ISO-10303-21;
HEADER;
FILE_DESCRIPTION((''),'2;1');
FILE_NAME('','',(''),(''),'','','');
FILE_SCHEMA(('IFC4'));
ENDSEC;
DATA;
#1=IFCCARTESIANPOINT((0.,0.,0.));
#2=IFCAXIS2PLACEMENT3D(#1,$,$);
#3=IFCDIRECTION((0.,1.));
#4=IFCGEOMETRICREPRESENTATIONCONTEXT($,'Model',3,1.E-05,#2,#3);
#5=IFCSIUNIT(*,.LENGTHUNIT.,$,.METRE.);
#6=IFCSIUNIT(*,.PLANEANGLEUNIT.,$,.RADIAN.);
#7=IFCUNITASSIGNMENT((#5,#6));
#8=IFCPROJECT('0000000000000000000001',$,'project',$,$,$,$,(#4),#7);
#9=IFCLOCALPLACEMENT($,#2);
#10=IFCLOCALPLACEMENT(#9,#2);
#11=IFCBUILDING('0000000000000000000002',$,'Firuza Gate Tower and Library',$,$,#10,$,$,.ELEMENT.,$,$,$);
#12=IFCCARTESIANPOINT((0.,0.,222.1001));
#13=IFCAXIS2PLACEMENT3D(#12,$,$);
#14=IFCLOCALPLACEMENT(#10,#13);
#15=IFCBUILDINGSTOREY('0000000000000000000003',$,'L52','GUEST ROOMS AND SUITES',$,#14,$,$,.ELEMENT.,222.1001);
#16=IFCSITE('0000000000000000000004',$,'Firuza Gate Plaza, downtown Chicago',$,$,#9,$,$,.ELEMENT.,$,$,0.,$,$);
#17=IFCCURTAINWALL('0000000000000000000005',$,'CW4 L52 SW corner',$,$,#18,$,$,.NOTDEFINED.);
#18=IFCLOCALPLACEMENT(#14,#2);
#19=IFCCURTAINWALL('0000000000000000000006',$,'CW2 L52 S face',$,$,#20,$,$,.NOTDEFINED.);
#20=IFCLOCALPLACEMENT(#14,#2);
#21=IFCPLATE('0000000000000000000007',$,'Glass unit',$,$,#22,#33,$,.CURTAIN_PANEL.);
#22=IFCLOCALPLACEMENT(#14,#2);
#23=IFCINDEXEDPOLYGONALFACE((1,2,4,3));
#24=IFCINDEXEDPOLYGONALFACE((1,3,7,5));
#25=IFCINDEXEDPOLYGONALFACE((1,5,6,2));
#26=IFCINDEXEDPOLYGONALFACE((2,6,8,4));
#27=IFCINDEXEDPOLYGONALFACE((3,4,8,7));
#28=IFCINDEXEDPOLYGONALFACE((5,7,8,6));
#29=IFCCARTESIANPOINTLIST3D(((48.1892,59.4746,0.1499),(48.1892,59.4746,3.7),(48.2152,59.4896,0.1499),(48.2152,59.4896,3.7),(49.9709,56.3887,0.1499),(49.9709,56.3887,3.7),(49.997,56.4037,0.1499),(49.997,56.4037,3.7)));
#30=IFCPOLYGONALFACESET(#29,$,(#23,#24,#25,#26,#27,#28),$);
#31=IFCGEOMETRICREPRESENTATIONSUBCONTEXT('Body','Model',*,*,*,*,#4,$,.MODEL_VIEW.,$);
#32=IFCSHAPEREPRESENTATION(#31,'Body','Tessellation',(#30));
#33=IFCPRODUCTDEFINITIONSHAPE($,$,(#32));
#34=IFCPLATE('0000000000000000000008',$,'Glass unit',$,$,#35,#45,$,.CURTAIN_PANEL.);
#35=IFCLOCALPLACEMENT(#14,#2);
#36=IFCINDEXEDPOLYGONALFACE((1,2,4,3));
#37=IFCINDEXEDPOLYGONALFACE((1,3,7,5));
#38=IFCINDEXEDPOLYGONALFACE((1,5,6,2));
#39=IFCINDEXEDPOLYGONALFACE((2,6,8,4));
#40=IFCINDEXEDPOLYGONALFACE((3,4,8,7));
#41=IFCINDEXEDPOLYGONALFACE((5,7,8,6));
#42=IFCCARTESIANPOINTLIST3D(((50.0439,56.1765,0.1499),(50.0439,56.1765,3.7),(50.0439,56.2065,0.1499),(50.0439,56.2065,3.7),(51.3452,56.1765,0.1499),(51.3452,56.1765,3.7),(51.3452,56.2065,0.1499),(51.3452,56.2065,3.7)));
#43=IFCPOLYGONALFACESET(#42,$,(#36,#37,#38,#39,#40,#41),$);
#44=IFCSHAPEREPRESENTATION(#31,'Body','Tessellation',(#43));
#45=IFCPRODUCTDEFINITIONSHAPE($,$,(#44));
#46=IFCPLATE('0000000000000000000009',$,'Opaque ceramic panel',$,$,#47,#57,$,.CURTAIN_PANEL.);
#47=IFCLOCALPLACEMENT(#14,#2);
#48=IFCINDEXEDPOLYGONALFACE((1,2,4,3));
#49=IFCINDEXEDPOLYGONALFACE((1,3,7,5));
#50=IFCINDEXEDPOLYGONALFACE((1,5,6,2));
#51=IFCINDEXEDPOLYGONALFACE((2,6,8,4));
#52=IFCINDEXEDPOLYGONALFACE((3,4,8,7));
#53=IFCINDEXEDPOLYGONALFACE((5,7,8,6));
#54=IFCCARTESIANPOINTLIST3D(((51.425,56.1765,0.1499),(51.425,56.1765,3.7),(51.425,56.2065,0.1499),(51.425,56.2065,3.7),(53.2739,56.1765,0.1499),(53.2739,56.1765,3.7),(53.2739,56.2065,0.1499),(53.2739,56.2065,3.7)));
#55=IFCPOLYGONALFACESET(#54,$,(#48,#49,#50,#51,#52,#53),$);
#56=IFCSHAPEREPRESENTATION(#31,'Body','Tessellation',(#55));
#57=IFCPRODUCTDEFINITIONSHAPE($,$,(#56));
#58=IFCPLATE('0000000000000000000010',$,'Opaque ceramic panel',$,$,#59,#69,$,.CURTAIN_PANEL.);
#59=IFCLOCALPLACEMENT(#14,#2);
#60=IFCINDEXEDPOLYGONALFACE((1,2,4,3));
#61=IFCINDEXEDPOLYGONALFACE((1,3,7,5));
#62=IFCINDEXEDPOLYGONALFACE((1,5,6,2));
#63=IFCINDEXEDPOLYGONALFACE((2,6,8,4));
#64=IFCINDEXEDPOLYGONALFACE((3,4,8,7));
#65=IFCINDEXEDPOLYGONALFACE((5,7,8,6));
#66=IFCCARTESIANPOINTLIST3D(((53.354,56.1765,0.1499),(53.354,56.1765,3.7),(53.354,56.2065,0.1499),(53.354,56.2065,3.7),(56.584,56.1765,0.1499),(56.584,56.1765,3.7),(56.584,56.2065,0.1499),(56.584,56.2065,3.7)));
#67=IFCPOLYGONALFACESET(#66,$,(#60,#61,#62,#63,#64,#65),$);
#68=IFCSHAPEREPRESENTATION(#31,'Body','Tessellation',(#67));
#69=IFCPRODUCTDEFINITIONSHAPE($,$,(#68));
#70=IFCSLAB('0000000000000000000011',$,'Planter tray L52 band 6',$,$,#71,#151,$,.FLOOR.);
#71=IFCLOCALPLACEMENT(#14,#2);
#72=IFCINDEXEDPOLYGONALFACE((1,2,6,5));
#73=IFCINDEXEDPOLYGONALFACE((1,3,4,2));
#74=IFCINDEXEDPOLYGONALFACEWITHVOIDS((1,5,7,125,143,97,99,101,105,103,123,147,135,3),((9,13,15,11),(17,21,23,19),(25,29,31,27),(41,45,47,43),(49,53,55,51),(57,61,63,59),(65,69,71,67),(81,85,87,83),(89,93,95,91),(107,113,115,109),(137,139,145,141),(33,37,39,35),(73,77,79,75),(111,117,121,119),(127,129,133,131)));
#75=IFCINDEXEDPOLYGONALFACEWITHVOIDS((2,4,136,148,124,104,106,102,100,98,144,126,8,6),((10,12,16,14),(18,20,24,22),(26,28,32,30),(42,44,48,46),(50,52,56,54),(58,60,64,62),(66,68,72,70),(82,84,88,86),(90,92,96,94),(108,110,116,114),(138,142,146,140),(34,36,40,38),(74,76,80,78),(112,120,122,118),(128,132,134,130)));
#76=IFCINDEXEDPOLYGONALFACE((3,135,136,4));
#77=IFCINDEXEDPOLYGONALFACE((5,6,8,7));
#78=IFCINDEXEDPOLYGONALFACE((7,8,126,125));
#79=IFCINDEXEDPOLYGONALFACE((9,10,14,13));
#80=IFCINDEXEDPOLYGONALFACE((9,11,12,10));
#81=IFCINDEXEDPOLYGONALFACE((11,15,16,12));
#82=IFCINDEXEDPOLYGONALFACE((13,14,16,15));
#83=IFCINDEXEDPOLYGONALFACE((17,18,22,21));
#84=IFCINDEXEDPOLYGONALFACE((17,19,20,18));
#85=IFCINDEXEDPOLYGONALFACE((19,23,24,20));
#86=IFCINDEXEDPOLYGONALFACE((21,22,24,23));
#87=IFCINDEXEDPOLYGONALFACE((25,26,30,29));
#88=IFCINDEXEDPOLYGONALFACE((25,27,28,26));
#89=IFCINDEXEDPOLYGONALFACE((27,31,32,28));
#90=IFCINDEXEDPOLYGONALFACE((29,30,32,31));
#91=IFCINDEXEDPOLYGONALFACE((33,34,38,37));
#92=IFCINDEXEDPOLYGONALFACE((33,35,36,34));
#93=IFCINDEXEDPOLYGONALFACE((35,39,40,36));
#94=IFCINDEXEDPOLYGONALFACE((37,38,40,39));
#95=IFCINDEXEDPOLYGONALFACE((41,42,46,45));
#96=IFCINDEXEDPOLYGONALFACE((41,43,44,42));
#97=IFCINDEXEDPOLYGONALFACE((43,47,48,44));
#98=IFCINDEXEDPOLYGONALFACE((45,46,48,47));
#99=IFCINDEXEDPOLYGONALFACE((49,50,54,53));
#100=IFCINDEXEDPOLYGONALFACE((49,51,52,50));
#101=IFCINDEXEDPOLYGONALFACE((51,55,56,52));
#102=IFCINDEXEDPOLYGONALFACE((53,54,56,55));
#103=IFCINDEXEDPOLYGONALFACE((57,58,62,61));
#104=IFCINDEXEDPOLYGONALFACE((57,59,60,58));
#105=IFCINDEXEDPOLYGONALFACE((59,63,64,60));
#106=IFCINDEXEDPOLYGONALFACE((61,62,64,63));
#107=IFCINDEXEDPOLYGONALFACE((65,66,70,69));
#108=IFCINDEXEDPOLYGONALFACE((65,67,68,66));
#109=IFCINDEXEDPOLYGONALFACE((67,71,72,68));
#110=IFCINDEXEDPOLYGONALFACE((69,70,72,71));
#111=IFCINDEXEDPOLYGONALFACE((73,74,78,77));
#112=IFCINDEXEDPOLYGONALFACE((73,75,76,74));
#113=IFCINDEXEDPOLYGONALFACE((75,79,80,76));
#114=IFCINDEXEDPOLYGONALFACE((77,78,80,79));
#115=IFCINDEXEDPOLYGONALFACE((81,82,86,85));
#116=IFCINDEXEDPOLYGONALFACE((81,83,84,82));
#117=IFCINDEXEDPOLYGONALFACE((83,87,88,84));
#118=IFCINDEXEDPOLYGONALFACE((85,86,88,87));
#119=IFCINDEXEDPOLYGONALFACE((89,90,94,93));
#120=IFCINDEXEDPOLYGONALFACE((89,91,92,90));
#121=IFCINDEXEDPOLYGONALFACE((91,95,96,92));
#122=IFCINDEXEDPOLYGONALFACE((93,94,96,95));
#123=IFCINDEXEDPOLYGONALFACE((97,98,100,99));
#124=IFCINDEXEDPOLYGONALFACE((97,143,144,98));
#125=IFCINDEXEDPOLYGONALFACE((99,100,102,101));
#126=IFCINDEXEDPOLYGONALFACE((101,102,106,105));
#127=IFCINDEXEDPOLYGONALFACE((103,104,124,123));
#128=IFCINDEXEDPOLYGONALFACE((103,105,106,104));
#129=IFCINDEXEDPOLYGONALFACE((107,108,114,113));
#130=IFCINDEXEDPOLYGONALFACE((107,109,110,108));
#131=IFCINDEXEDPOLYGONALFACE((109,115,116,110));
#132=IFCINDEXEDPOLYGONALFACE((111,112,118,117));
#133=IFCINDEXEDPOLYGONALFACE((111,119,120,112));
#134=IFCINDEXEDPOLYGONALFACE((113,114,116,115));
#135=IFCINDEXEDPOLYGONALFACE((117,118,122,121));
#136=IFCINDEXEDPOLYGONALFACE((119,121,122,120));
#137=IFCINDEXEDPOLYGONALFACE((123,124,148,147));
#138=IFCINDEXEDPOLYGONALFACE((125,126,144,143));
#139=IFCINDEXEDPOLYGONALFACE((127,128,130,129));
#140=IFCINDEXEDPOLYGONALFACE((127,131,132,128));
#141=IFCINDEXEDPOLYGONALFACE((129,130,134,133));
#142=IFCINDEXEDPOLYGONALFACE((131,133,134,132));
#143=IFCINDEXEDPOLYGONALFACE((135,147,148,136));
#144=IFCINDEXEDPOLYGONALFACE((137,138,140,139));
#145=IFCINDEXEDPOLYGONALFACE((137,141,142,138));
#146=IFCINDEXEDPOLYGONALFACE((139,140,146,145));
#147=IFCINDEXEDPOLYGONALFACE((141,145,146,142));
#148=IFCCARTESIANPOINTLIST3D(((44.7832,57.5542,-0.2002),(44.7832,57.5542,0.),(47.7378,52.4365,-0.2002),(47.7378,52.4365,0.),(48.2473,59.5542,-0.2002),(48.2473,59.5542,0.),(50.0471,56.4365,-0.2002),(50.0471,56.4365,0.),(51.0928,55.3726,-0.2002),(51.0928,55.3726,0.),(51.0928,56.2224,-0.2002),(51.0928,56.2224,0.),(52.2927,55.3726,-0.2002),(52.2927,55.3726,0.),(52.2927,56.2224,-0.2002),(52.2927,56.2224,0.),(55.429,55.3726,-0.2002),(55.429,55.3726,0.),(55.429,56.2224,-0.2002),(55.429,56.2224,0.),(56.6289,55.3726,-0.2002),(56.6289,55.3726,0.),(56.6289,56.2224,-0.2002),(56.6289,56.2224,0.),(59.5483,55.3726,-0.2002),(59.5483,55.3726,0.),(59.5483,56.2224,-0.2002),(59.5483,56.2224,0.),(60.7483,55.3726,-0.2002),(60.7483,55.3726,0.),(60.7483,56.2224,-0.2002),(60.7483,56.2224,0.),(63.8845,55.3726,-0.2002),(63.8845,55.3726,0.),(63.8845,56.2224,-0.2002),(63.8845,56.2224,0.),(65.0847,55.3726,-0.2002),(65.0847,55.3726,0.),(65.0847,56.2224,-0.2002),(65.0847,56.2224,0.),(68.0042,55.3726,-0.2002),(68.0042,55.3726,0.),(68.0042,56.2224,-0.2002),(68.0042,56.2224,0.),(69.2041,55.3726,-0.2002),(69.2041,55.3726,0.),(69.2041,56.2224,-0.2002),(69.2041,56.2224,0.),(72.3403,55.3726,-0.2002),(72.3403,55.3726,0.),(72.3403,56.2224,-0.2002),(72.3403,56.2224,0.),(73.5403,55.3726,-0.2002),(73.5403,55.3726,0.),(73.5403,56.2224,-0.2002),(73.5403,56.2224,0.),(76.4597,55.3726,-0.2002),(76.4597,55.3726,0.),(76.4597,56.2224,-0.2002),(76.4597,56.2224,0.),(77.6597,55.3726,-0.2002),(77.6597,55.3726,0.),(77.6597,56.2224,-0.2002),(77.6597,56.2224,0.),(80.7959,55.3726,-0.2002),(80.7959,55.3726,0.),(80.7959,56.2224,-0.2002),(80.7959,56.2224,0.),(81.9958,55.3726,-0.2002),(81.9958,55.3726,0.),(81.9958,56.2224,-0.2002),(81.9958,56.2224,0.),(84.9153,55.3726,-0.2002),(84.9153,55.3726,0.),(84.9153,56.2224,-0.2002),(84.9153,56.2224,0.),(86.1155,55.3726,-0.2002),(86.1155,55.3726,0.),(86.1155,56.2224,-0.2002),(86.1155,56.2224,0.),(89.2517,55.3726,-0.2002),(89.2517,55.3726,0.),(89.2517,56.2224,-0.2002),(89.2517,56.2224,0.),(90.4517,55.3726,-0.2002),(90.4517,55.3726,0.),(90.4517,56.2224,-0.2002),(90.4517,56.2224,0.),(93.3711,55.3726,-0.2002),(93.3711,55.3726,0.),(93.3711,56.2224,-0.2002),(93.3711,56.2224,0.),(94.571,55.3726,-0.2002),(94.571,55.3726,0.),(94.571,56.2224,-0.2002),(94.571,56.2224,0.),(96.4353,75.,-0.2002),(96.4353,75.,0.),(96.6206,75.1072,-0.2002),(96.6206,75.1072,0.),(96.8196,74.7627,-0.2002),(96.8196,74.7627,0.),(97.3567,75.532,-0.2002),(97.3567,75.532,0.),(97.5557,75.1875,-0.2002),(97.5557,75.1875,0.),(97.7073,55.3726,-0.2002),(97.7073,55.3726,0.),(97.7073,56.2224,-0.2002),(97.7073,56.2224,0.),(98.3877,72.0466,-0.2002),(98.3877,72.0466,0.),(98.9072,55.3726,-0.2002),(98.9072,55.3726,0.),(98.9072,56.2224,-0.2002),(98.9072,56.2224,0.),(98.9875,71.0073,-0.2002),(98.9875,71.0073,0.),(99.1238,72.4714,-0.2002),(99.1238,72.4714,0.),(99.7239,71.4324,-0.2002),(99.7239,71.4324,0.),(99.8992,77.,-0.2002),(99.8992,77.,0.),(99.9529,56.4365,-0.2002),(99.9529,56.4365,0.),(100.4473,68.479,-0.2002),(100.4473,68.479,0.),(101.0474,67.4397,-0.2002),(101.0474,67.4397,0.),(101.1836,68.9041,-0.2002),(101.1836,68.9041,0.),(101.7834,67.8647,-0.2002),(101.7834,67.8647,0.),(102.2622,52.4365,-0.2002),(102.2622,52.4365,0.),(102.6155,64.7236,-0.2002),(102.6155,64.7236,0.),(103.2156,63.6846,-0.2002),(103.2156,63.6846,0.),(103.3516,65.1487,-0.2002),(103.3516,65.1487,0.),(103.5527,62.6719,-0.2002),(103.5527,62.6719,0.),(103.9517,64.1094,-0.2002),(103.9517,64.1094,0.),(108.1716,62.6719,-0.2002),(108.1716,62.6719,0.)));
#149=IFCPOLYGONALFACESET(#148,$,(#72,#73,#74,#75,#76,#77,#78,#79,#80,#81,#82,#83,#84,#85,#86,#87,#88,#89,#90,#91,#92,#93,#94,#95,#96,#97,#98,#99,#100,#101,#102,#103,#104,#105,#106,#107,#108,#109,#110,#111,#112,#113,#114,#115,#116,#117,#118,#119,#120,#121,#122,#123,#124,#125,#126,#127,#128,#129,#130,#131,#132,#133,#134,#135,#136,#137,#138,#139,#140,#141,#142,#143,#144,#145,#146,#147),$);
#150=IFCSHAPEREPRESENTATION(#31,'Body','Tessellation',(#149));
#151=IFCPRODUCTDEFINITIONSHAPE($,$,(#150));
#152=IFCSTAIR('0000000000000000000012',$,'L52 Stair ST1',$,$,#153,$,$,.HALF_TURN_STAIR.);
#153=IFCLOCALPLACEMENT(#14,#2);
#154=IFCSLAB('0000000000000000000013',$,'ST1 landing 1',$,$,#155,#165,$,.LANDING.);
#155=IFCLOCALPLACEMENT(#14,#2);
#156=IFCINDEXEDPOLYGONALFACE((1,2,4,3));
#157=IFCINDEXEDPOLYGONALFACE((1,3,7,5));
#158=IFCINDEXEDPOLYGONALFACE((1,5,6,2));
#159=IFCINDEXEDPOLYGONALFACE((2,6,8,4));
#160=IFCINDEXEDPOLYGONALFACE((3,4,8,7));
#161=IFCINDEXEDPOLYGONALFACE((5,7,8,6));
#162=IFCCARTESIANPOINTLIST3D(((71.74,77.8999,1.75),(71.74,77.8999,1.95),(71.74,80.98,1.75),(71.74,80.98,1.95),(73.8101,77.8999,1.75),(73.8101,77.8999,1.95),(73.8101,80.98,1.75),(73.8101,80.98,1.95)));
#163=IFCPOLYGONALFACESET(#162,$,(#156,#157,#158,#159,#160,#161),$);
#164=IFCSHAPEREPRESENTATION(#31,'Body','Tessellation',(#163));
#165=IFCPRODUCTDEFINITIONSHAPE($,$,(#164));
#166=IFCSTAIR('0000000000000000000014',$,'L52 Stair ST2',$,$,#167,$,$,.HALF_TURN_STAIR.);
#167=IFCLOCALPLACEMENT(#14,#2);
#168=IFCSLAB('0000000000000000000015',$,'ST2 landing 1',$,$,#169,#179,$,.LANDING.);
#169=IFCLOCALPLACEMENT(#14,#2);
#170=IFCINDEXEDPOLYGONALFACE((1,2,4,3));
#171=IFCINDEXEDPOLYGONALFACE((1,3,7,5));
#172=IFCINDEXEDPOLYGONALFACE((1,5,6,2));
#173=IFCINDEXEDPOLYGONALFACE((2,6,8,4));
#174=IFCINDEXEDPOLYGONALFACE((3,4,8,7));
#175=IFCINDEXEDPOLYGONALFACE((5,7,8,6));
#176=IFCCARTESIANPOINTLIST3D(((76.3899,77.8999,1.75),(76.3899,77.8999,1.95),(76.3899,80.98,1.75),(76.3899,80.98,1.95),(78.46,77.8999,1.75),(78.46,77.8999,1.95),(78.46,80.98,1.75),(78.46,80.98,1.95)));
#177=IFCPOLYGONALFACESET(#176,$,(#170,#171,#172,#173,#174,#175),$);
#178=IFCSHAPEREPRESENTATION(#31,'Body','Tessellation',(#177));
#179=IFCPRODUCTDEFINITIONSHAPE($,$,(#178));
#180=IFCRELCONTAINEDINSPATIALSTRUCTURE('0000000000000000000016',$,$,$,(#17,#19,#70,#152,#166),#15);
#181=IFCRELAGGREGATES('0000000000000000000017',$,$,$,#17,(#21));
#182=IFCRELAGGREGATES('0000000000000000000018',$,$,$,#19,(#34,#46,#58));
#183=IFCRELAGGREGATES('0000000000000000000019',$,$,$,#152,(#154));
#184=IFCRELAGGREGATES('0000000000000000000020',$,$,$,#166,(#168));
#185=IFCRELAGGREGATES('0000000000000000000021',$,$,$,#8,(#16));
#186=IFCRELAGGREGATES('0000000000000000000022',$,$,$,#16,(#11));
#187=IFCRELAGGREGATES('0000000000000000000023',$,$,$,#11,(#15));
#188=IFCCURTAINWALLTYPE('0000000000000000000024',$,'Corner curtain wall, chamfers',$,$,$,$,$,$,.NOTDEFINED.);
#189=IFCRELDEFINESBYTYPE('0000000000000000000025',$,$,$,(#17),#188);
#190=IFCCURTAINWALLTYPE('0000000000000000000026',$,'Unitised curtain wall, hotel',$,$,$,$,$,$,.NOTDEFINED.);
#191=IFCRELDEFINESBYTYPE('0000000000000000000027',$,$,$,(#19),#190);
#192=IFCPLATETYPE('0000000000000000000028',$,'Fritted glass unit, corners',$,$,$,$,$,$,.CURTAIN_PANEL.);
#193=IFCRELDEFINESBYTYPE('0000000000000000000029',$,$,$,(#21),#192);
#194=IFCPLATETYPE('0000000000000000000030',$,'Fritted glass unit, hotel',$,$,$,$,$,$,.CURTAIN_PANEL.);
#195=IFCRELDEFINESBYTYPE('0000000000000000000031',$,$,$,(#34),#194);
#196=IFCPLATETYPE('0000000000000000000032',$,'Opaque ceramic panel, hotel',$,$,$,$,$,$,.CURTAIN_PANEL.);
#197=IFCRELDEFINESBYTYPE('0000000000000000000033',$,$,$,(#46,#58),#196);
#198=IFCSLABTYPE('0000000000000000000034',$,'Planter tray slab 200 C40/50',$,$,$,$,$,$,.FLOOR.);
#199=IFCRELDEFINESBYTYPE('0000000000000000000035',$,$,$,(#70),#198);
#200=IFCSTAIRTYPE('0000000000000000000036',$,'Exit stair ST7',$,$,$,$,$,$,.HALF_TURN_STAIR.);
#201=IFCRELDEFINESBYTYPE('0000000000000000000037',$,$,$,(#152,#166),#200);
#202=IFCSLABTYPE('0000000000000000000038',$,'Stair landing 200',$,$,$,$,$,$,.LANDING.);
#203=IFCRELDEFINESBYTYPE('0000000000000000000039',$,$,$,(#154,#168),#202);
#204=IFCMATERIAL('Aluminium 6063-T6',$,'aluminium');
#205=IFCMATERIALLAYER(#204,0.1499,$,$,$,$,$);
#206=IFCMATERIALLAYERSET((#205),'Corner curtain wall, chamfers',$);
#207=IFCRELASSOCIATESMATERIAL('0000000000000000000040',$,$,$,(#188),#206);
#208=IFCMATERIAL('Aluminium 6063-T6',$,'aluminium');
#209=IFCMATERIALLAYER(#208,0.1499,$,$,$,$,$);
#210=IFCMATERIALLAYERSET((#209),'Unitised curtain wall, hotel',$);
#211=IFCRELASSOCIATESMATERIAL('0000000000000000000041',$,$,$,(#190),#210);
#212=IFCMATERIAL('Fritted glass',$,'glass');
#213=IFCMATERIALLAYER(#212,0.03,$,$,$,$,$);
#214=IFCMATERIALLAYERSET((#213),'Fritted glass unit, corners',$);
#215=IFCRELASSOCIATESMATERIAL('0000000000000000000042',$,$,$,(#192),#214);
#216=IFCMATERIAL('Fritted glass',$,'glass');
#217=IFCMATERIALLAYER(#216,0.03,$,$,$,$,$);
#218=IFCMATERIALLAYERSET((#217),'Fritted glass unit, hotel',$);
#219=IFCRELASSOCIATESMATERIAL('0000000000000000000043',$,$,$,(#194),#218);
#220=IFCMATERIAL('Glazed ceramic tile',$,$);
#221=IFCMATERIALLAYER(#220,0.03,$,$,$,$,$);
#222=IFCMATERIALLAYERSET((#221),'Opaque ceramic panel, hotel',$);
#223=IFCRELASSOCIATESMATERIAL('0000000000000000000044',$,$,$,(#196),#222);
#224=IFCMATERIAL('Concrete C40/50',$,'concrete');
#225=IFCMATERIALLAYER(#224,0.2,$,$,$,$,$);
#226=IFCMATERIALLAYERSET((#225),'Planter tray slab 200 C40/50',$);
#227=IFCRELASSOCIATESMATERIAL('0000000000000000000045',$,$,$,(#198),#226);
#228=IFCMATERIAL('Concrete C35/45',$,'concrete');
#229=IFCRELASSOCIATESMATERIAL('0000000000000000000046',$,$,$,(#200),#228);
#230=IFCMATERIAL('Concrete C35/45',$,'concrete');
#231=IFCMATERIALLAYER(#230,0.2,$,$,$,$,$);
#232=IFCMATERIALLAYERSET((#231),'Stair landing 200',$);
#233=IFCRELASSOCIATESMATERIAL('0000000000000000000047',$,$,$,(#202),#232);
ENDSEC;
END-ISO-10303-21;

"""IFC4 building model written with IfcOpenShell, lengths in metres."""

from ifc_helpers import new_model, si_unit, direction, frame, origin, place, context, subcontext, project, spatial, polyline, outline, extrude, material, layer, layer_set, type_object, element, aggregate, save


model = new_model("IFC4")

# Units and contexts
model_context = context("Model", 3, precision=1e-05, world=origin(), true_north=direction((0.0, 1.0)))
body_context = subcontext(model_context, "Body", "Model", "MODEL_VIEW")
ifc_project = project(units=[si_unit("LENGTHUNIT", "METRE"), si_unit("PLANEANGLEUNIT", "RADIAN")], contexts=[model_context])

# Site, building, storey
site_placement = place(None, origin())
site = spatial("IfcSite", under=ifc_project, at=site_placement, Name="Firuza Gate Plaza, downtown Chicago", CompositionType="ELEMENT", RefElevation=0.0)
building_placement = place(site_placement, origin())
building = spatial("IfcBuilding", under=site, at=building_placement, Name="Firuza Gate Tower and Library", CompositionType="ELEMENT")
storey_placement = place(building_placement, frame((0.0, 0.0, 222.1001)))
storey = spatial("IfcBuildingStorey", under=building, at=storey_placement, Name="L52", Description="GUEST ROOMS AND SUITES", CompositionType="ELEMENT", Elevation=222.1001)

# Curtain walls
ifc_material_1 = material(Name="Aluminium 6063-T6", Category="aluminium")
ifc_layer_1 = layer(ifc_material_1, 0.1499)
ifc_layer_set_1 = layer_set([ifc_layer_1], Name="Corner curtain wall, chamfers")
curtain_wall_type_1 = type_object("IfcCurtainWallType", Name="Corner curtain wall, chamfers", PredefinedType="NOTDEFINED", material=ifc_layer_set_1)
placement_1 = place(storey_placement, origin())
curtain_wall_1 = element("IfcCurtainWall", 1, at=placement_1, inside=storey, type_object=curtain_wall_type_1, Name="CW4 L52 SW corner", PredefinedType="NOTDEFINED")
ifc_material_2 = material(Name="Aluminium 6063-T6", Category="aluminium")
ifc_layer_2 = layer(ifc_material_2, 0.1499)
ifc_layer_set_2 = layer_set([ifc_layer_2], Name="Unitised curtain wall, hotel")
curtain_wall_type_2 = type_object("IfcCurtainWallType", Name="Unitised curtain wall, hotel", PredefinedType="NOTDEFINED", material=ifc_layer_set_2)
curtain_wall_2 = element("IfcCurtainWall", 2, at=placement_1, inside=storey, type_object=curtain_wall_type_2, Name="CW2 L52 S face", PredefinedType="NOTDEFINED")

# Shared definitions
placement_2 = place(storey_placement, frame((0.0, 0.0, -0.2002)))

# Plates
ifc_material_3 = material(Name="Fritted glass", Category="glass")
ifc_layer_3 = layer(ifc_material_3, 0.03)
ifc_layer_set_3 = layer_set([ifc_layer_3], Name="Fritted glass unit, corners")
plate_type_1 = type_object("IfcPlateType", Name="Fritted glass unit, corners", PredefinedType="CURTAIN_PANEL", material=ifc_layer_set_3)
plate_1_placement = place(storey_placement, frame((48.1892, 59.4746, 0.1499), z_axis=(-0.866017, -0.500015, 0.0), x_axis=(0.500015, -0.866017, 0.0)))
plate_1 = element("IfcPlate", 3, at=plate_1_placement, type_object=plate_type_1, Name="Glass unit", PredefinedType="CURTAIN_PANEL", context=body_context, shape_type="SweptSolid", body=[
    extrude(outline(polyline([(0.0, 0.0), (3.5634, 0.0), (3.5634, 3.55), (0.0, 3.55), (0.0, 0.0)])), origin(), (0.0, 0.0, -1.0), 0.03),
])
aggregate(curtain_wall_1, [plate_1])
ifc_material_4 = material(Name="Fritted glass", Category="glass")
ifc_layer_4 = layer(ifc_material_4, 0.03)
ifc_layer_set_4 = layer_set([ifc_layer_4], Name="Fritted glass unit, hotel")
plate_type_2 = type_object("IfcPlateType", Name="Fritted glass unit, hotel", PredefinedType="CURTAIN_PANEL", material=ifc_layer_set_4)
plate_2_placement = place(storey_placement, frame((50.0439, 56.1765, 0.1499), z_axis=(0.0, -1.0, 0.0), x_axis=(1.0, 0.0, 0.0)))
plate_2 = element("IfcPlate", 4, at=plate_2_placement, type_object=plate_type_2, Name="Glass unit", PredefinedType="CURTAIN_PANEL", context=body_context, shape_type="SweptSolid", body=[
    extrude(outline(polyline([(0.0, 0.0), (1.3013, 0.0), (1.3013, 3.55), (0.0, 3.55), (0.0, 0.0)])), origin(), (0.0, 0.0, -1.0), 0.03),
])
ifc_material_5 = material(Name="Glazed ceramic tile")
ifc_layer_5 = layer(ifc_material_5, 0.03)
ifc_layer_set_5 = layer_set([ifc_layer_5], Name="Opaque ceramic panel, hotel")
plate_type_3 = type_object("IfcPlateType", Name="Opaque ceramic panel, hotel", PredefinedType="CURTAIN_PANEL", material=ifc_layer_set_5)
plate_3_placement = place(storey_placement, frame((51.425, 56.1765, 0.1499), z_axis=(0.0, -1.0, 0.0), x_axis=(1.0, 0.0, 0.0)))
plate_3 = element("IfcPlate", 5, at=plate_3_placement, type_object=plate_type_3, Name="Opaque ceramic panel", PredefinedType="CURTAIN_PANEL", context=body_context, shape_type="SweptSolid", body=[
    extrude(outline(polyline([(0.0, 0.0), (1.8489, 0.0), (1.8489, 3.55), (0.0, 3.55), (0.0, 0.0)])), origin(), (0.0, 0.0, -1.0), 0.03),
])
plate_4_placement = place(storey_placement, frame((53.354, 56.1765, 0.1499), z_axis=(0.0, -1.0, 0.0), x_axis=(1.0, 0.0, 0.0)))
plate_4 = element("IfcPlate", 6, at=plate_4_placement, type_object=plate_type_3, Name="Opaque ceramic panel", PredefinedType="CURTAIN_PANEL", context=body_context, shape_type="SweptSolid", body=[
    extrude(outline(polyline([(0.0, 0.0), (3.23, 0.0), (3.23, 3.55), (0.0, 3.55), (0.0, 0.0)])), origin(), (0.0, 0.0, -1.0), 0.03),
])
aggregate(curtain_wall_2, [plate_2, plate_3, plate_4])

# Slab
ifc_material_6 = material(Name="Concrete C40/50", Category="concrete")
ifc_layer_6 = layer(ifc_material_6, 0.2)
ifc_layer_set_6 = layer_set([ifc_layer_6], Name="Planter tray slab 200 C40/50")
slab_type_1 = type_object("IfcSlabType", Name="Planter tray slab 200 C40/50", PredefinedType="FLOOR", material=ifc_layer_set_6)
element("IfcSlab", 7, at=placement_2, inside=storey, type_object=slab_type_1, Name="Planter tray L52 band 6", PredefinedType="FLOOR", context=body_context, shape_type="SweptSolid", body=[
    extrude(outline(polyline([(99.8992, 77.0), (97.3567, 75.532), (97.5557, 75.1875), (96.8196, 74.7627), (96.6206, 75.1072), (96.4353, 75.0), (103.5527, 62.6719), (99.9529, 56.4365), (50.0471, 56.4365), (48.2473, 59.5542), (44.7832, 57.5542), (47.7378, 52.4365), (102.2622, 52.4365), (108.1716, 62.6719), (99.8992, 77.0)]), holes=[polyline([(59.5483, 55.3726), (59.5483, 56.2224), (60.7483, 56.2224), (60.7483, 55.3726), (59.5483, 55.3726)]), polyline([(72.3403, 55.3726), (72.3403, 56.2224), (73.5403, 56.2224), (73.5403, 55.3726), (72.3403, 55.3726)]), polyline([(68.0042, 55.3726), (68.0042, 56.2224), (69.2041, 56.2224), (69.2041, 55.3726), (68.0042, 55.3726)]), polyline([(63.8845, 55.3726), (63.8845, 56.2224), (65.0847, 56.2224), (65.0847, 55.3726), (63.8845, 55.3726)]), polyline([(55.429, 55.3726), (55.429, 56.2224), (56.6289, 56.2224), (56.6289, 55.3726), (55.429, 55.3726)]), polyline([(51.0928, 55.3726), (51.0928, 56.2224), (52.2927, 56.2224), (52.2927, 55.3726), (51.0928, 55.3726)]), polyline([(80.7959, 55.3726), (80.7959, 56.2224), (81.9958, 56.2224), (81.9958, 55.3726), (80.7959, 55.3726)]), polyline([(84.9153, 55.3726), (84.9153, 56.2224), (86.1155, 56.2224), (86.1155, 55.3726), (84.9153, 55.3726)]), polyline([(97.7073, 55.3726), (97.7073, 56.2224), (98.9072, 56.2224), (98.9072, 55.3726), (97.7073, 55.3726)]), polyline([(89.2517, 55.3726), (89.2517, 56.2224), (90.4517, 56.2224), (90.4517, 55.3726), (89.2517, 55.3726)]), polyline([(76.4597, 55.3726), (76.4597, 56.2224), (77.6597, 56.2224), (77.6597, 55.3726), (76.4597, 55.3726)]), polyline([(93.3711, 55.3726), (93.3711, 56.2224), (94.571, 56.2224), (94.571, 55.3726), (93.3711, 55.3726)]), polyline([(103.9517, 64.1094), (103.2156, 63.6846), (102.6155, 64.7236), (103.3516, 65.1487), (103.9517, 64.1094)]), polyline([(101.0474, 67.4397), (100.4473, 68.479), (101.1836, 68.9041), (101.7834, 67.8647), (101.0474, 67.4397)]), polyline([(98.9875, 71.0073), (98.3877, 72.0466), (99.1238, 72.4714), (99.7239, 71.4324), (98.9875, 71.0073)])]), origin(), (0.0, 0.0, 1.0), 0.2002),
])

# Stairs, slabs
ifc_material_7 = material(Name="Concrete C35/45", Category="concrete")
stair_type_1 = type_object("IfcStairType", Name="Exit stair ST7", PredefinedType="HALF_TURN_STAIR", material=ifc_material_7)
stair_1 = element("IfcStair", 8, at=placement_1, inside=storey, type_object=stair_type_1, Name="L52 Stair ST1", PredefinedType="HALF_TURN_STAIR")
ifc_material_8 = material(Name="Concrete C35/45", Category="concrete")
ifc_layer_7 = layer(ifc_material_8, 0.2)
ifc_layer_set_7 = layer_set([ifc_layer_7], Name="Stair landing 200")
slab_type_2 = type_object("IfcSlabType", Name="Stair landing 200", PredefinedType="LANDING", material=ifc_layer_set_7)
placement_3 = place(storey_placement, frame((0.0, 0.0, 1.75)))
slab_1 = element("IfcSlab", 9, at=placement_3, type_object=slab_type_2, Name="ST1 landing 1", PredefinedType="LANDING", context=body_context, shape_type="SweptSolid", body=[
    extrude(outline(polyline([(71.74, 77.8999), (73.8101, 77.8999), (73.8101, 80.98), (71.74, 80.98), (71.74, 77.8999)])), origin(), (0.0, 0.0, 1.0), 0.2),
])
aggregate(stair_1, [slab_1])
stair_2 = element("IfcStair", 10, at=placement_1, inside=storey, type_object=stair_type_1, Name="L52 Stair ST2", PredefinedType="HALF_TURN_STAIR")
slab_2 = element("IfcSlab", 11, at=placement_3, type_object=slab_type_2, Name="ST2 landing 1", PredefinedType="LANDING", context=body_context, shape_type="SweptSolid", body=[
    extrude(outline(polyline([(78.46, 80.98), (76.3899, 80.98), (76.3899, 77.8999), (78.46, 77.8999), (78.46, 80.98)])), origin(), (0.0, 0.0, 1.0), 0.2),
])
aggregate(stair_2, [slab_2])

save(model, "model.ifc")
